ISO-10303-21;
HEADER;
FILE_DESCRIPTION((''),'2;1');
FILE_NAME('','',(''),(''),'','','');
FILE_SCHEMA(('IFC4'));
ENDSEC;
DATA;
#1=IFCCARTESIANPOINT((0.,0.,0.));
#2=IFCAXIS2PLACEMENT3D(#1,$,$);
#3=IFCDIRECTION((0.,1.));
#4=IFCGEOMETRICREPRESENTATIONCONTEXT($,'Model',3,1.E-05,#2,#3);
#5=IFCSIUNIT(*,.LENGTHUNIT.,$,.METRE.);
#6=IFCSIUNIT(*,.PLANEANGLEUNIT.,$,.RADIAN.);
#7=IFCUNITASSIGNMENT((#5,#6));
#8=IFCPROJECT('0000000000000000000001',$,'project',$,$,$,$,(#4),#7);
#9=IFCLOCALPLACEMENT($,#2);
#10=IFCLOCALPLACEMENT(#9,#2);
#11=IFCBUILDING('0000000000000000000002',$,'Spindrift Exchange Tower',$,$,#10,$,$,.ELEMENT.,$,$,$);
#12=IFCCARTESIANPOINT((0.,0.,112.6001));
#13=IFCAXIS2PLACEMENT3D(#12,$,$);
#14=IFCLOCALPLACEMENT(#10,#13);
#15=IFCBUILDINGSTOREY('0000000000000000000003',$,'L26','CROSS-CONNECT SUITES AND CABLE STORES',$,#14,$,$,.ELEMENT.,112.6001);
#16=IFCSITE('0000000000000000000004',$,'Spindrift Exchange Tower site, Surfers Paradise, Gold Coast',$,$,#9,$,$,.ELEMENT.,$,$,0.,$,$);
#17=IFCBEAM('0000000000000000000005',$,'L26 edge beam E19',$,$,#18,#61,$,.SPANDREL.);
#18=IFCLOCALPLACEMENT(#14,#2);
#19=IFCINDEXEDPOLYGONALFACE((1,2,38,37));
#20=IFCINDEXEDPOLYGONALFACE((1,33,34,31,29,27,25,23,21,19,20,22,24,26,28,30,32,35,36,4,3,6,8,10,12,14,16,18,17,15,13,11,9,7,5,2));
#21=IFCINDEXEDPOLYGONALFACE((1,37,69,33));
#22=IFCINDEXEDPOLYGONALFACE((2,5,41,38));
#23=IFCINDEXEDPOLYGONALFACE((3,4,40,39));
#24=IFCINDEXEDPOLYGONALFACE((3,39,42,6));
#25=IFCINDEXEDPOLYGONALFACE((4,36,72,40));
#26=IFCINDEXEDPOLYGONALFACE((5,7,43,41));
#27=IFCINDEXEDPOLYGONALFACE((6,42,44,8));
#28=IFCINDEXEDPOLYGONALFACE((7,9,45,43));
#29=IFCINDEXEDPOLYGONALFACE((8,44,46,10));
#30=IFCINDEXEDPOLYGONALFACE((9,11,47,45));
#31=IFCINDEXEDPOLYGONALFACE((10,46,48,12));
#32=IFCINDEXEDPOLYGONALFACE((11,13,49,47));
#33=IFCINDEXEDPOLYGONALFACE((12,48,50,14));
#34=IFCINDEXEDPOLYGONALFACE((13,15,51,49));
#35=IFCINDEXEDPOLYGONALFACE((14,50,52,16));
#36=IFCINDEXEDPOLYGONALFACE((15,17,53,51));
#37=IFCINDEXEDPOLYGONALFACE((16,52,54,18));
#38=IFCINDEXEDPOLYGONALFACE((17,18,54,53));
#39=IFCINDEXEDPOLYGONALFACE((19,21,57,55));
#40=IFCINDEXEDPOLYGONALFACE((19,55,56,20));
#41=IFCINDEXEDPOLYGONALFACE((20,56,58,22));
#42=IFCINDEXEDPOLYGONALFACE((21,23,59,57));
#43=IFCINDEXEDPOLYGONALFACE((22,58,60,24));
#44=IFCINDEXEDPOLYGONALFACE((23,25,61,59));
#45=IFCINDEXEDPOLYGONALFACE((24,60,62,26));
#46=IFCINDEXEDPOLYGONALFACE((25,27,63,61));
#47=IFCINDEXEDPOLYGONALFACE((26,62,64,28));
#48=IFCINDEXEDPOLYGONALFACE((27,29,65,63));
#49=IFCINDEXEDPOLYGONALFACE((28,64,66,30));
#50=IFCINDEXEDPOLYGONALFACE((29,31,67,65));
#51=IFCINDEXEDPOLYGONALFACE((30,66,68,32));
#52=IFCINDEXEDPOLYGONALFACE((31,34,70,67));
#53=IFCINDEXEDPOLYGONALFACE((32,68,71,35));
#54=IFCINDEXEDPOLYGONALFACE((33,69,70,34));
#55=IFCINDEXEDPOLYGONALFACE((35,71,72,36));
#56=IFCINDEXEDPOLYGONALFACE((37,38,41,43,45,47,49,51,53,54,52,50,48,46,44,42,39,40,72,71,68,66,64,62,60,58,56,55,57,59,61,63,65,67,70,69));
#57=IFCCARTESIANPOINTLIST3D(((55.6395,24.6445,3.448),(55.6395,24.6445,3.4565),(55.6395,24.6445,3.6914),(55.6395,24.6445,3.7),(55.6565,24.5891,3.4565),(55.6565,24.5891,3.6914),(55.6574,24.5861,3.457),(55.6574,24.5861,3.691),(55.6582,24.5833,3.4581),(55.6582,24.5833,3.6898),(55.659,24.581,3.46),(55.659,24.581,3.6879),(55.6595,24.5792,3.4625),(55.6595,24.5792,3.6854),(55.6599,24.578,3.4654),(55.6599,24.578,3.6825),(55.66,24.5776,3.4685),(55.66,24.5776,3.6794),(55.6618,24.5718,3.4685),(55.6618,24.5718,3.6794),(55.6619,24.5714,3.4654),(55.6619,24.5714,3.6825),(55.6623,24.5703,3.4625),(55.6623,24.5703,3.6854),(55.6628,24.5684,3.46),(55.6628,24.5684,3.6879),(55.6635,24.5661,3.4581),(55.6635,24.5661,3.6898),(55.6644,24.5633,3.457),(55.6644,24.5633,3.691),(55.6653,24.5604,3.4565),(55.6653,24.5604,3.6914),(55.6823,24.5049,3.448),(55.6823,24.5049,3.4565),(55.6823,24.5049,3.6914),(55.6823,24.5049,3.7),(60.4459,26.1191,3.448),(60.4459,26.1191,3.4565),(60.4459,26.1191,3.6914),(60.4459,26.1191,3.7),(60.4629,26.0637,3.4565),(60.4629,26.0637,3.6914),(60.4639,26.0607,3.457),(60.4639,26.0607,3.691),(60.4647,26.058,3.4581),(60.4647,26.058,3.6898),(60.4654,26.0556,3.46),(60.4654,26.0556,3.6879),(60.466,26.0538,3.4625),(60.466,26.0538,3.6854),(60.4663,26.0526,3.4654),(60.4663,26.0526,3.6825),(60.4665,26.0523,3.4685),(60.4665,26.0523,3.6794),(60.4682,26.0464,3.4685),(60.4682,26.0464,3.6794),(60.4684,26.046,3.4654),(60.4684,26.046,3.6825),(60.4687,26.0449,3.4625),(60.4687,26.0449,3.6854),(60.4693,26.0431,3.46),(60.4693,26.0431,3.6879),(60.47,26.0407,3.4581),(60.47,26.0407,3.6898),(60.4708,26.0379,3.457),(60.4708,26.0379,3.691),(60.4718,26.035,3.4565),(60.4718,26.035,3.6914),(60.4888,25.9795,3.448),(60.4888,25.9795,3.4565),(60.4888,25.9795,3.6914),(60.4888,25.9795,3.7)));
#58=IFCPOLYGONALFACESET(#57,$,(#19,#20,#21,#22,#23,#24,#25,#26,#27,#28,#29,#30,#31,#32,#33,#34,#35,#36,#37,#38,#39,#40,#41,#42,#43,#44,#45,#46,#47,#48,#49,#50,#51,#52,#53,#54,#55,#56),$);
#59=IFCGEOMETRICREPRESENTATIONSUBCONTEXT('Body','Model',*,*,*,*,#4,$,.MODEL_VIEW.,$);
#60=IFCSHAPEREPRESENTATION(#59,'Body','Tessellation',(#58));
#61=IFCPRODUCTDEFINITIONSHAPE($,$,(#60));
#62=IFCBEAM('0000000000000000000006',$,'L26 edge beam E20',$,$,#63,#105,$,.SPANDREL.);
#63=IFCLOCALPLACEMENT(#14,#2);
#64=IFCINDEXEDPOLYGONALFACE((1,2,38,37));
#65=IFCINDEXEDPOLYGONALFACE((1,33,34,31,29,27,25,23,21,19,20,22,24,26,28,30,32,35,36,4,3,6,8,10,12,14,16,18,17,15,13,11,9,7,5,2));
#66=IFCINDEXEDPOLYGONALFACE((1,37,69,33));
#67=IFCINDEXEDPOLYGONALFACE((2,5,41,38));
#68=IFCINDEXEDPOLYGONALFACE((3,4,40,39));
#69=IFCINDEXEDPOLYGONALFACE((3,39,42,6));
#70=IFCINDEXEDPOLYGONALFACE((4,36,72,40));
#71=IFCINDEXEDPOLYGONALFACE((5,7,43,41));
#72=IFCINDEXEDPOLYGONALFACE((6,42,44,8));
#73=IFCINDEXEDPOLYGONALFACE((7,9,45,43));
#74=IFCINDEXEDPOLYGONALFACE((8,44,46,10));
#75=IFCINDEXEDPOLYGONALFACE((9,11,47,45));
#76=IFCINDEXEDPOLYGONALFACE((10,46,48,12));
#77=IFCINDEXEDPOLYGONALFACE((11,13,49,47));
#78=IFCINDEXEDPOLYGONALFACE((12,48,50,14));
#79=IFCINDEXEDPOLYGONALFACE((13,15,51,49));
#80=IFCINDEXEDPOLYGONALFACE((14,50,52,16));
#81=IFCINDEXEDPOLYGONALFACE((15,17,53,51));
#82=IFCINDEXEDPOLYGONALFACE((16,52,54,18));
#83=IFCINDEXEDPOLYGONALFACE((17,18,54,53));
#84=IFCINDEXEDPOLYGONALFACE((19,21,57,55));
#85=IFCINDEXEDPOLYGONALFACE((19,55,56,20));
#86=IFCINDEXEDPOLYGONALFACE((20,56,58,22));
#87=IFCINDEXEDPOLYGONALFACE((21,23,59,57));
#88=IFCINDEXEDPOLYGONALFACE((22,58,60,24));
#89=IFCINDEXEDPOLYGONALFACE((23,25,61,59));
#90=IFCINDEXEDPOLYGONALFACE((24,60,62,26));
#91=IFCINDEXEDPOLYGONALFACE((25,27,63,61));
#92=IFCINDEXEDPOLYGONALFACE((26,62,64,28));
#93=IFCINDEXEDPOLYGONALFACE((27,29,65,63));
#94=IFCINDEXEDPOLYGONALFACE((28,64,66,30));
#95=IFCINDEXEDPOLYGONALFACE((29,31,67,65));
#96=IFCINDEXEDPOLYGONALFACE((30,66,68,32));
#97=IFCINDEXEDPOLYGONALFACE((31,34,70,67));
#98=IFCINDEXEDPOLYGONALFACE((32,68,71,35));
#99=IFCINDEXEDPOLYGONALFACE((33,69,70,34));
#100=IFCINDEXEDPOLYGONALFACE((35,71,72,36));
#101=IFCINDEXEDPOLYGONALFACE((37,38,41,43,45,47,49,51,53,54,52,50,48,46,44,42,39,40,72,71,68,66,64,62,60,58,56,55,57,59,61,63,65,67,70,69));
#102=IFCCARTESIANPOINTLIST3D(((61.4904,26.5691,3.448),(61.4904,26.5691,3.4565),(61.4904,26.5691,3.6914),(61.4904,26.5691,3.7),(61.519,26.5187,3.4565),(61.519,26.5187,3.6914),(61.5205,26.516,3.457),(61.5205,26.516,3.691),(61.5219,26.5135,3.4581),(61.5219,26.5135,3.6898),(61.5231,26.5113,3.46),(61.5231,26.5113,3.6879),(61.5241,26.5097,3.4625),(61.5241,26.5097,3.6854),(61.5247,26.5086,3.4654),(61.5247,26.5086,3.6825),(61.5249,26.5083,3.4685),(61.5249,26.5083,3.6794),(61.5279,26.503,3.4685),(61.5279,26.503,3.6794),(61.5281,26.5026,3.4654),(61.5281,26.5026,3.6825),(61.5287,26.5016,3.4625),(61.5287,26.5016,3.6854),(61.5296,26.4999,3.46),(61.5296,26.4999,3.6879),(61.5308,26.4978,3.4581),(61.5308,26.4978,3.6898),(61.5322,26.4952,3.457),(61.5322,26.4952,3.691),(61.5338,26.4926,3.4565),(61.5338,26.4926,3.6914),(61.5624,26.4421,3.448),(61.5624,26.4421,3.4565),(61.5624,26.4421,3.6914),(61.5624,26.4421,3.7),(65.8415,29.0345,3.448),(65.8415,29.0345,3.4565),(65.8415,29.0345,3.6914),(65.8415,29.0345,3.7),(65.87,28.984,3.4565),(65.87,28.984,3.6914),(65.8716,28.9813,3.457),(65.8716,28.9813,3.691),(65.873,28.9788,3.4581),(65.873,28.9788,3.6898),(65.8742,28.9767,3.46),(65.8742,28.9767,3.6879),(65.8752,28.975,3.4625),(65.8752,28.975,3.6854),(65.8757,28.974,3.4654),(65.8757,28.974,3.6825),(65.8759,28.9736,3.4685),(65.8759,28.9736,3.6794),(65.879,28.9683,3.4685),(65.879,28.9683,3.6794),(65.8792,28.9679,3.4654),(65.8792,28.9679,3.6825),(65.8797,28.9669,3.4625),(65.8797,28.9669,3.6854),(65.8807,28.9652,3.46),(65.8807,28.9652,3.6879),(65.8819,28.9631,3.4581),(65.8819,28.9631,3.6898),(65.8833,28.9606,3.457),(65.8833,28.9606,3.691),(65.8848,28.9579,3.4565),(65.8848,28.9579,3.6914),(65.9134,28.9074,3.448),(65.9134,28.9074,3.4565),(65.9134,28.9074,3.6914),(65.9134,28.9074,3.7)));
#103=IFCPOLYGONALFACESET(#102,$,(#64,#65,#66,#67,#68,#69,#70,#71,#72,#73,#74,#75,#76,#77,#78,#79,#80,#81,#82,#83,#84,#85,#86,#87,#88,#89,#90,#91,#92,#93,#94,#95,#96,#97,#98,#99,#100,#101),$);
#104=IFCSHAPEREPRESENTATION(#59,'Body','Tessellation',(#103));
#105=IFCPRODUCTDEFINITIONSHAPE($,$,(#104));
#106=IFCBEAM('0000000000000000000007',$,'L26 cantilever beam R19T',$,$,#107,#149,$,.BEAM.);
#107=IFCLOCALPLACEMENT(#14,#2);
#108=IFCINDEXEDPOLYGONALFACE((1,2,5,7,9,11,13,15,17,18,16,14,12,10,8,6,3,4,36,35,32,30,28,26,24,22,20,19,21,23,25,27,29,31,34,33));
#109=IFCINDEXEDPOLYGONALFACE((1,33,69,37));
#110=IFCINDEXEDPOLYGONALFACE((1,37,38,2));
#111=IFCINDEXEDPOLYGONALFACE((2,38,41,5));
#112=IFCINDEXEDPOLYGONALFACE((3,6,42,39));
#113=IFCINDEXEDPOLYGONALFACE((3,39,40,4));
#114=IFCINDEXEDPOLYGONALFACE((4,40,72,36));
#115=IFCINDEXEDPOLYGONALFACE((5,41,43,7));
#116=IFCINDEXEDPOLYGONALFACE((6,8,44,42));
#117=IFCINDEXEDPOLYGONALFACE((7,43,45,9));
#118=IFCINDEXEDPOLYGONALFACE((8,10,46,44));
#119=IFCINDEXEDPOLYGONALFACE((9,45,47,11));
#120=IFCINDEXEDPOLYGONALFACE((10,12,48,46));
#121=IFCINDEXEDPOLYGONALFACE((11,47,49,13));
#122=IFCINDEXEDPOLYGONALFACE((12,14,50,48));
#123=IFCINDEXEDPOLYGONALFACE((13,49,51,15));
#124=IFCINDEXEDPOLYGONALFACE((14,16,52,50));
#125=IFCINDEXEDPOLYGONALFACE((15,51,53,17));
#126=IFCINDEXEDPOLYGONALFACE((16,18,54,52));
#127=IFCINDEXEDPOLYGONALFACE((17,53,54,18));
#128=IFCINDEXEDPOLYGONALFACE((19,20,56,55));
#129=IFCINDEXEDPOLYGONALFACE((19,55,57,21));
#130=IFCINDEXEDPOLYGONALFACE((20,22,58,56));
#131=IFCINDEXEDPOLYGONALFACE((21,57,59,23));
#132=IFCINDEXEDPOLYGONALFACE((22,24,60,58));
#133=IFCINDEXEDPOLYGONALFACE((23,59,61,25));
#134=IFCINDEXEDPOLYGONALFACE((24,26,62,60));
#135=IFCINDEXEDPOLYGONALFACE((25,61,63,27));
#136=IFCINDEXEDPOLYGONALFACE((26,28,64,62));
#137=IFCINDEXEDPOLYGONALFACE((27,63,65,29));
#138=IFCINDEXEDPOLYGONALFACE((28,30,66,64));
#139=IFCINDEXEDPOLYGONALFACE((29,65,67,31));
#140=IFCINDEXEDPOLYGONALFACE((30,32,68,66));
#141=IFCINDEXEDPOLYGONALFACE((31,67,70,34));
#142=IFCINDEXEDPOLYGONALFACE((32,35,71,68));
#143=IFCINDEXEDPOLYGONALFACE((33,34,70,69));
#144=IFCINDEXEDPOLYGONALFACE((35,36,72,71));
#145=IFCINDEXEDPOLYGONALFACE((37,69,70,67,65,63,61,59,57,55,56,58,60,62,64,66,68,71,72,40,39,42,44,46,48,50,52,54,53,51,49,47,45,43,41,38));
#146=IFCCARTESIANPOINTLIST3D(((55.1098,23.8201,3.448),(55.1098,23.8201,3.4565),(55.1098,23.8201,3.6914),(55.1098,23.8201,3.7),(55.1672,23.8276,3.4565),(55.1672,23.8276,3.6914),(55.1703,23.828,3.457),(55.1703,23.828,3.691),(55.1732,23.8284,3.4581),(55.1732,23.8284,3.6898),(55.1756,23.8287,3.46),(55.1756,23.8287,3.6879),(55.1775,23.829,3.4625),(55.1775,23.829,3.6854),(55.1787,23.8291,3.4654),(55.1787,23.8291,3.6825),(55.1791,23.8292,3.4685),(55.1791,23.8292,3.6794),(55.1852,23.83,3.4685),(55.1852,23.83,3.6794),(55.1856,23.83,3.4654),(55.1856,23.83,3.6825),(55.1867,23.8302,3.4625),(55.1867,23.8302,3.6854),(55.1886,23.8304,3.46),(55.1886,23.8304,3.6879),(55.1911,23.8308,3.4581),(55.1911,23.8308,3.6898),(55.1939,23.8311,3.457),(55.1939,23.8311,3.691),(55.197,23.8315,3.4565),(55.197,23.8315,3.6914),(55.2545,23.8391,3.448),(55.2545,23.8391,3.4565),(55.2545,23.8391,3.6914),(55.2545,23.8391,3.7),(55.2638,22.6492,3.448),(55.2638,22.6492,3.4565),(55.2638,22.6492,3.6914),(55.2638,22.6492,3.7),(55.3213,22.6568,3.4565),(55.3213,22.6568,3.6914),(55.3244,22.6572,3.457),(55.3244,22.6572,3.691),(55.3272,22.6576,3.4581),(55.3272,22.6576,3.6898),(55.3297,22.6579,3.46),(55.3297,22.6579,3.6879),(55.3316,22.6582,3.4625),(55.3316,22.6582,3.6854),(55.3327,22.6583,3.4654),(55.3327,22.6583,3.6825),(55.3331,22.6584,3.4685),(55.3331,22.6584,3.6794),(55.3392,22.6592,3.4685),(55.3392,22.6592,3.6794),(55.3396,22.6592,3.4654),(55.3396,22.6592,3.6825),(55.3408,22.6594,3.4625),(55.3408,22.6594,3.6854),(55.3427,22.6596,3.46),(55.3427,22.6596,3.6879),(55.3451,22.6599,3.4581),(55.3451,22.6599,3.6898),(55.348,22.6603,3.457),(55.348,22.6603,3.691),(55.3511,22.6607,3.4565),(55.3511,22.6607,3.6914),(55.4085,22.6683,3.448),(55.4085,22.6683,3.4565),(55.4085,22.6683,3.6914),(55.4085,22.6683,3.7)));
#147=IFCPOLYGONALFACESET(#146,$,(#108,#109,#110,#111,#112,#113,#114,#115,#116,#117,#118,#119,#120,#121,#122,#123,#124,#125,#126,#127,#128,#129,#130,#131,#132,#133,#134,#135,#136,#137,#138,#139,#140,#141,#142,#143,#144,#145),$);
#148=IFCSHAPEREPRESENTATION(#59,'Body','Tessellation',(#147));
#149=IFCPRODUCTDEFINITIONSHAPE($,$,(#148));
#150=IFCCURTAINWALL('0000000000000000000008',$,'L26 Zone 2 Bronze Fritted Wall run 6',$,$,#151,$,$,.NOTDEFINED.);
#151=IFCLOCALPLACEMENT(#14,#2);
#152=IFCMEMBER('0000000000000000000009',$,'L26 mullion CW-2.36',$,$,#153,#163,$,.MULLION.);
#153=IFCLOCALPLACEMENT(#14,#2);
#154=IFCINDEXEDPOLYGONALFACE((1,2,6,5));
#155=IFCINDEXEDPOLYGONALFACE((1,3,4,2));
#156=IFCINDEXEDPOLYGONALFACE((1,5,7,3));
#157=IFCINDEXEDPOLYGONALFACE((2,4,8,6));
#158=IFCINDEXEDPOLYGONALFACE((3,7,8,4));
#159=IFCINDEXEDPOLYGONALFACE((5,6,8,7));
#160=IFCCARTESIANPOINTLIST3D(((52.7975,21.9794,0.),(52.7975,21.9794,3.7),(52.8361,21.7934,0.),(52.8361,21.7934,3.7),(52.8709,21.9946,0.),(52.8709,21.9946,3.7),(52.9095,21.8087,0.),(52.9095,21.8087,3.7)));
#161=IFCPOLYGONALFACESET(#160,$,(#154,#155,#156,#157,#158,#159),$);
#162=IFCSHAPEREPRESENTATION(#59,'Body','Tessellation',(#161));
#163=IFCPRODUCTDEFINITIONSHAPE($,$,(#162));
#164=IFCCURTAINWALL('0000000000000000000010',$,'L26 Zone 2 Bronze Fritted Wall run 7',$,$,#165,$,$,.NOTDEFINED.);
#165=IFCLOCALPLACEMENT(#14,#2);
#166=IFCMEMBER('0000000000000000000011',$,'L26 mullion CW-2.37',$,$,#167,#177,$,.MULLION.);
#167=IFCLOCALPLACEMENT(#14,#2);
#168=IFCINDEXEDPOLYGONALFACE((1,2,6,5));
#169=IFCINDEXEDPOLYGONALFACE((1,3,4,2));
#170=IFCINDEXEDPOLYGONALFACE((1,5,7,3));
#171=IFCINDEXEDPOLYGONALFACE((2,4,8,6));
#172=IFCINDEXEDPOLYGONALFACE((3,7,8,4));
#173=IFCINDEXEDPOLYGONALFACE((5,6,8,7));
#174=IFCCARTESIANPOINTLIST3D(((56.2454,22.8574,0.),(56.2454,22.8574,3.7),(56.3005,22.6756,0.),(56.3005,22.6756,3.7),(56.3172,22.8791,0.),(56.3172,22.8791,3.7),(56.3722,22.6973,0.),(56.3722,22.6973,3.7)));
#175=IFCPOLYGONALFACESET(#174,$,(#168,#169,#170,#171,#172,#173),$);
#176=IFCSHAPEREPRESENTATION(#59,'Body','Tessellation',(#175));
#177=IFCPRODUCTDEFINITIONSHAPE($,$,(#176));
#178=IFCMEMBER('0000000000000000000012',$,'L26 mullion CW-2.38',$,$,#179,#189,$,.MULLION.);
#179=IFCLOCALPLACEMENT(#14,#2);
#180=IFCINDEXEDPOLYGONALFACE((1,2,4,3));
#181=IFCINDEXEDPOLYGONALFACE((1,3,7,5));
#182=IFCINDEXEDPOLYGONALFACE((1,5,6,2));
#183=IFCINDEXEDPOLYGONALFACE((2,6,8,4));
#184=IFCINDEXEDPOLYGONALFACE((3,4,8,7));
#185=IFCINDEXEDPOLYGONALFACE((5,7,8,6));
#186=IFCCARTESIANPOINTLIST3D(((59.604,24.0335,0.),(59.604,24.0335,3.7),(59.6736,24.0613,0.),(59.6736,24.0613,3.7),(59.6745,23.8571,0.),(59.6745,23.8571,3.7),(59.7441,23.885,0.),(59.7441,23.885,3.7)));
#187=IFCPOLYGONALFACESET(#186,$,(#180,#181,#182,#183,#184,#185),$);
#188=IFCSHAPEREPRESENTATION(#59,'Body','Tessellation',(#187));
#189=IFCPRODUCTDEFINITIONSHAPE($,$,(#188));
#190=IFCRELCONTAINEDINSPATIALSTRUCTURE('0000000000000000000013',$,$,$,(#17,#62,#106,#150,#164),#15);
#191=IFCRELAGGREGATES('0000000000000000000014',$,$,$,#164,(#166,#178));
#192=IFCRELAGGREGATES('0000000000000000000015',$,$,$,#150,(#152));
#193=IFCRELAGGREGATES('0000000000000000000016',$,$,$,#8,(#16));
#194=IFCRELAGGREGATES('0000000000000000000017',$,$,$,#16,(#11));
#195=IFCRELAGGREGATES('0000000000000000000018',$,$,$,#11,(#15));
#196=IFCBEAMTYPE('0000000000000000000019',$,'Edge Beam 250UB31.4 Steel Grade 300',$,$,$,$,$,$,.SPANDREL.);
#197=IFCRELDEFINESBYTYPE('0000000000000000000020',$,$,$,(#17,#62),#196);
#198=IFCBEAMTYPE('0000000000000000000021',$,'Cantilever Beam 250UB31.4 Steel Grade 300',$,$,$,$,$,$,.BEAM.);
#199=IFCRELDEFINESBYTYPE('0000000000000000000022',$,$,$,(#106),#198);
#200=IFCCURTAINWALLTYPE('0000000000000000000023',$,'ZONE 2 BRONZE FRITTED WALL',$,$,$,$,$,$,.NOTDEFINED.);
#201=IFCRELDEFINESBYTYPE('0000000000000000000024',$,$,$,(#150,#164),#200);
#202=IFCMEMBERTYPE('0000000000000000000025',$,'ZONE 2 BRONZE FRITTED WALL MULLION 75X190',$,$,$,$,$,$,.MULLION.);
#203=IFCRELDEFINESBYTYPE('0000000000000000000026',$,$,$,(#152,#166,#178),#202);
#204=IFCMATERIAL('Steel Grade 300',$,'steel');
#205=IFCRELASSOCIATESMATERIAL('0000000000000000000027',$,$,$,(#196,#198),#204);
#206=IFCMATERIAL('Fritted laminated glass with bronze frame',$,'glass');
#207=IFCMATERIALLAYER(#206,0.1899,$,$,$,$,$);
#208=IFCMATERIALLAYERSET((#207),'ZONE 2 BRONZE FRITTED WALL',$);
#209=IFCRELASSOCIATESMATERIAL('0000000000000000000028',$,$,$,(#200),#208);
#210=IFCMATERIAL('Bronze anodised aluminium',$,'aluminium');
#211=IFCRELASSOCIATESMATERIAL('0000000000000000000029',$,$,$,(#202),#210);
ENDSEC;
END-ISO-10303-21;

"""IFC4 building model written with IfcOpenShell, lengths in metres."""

from ifc_helpers import new_model, si_unit, direction, frame, origin, origin_2d, place, context, subcontext, project, spatial, rectangle, i_section, extrude, source, transform, mapped, material, layer, layer_set, material_profile, profile_set, type_object, element, aggregate, save


model = new_model("IFC4")

# Units and contexts
model_context = context("Model", 3, precision=1e-05, world=origin(), true_north=direction((0.0, 1.0)))
body_context = subcontext(model_context, "Body", "Model", "MODEL_VIEW")
ifc_project = project(units=[si_unit("LENGTHUNIT", "METRE"), si_unit("PLANEANGLEUNIT", "RADIAN")], contexts=[model_context])

# Site, building, storey
site_placement = place(None, origin())
site = spatial("IfcSite", under=ifc_project, at=site_placement, Name="Spindrift Exchange Tower site, Surfers Paradise, Gold Coast", CompositionType="ELEMENT", RefElevation=0.0)
building_placement = place(site_placement, origin())
building = spatial("IfcBuilding", under=site, at=building_placement, Name="Spindrift Exchange Tower", CompositionType="ELEMENT")
storey_placement = place(building_placement, frame((0.0, 0.0, 112.6001)))
storey = spatial("IfcBuildingStorey", under=building, at=storey_placement, Name="L26", Description="CROSS-CONNECT SUITES AND CABLE STORES", CompositionType="ELEMENT", Elevation=112.6001)

# Beams
ifc_material_1 = material(Name="Steel Grade 300", Category="steel")
ifc_material_profile_1 = material_profile(ifc_material_1, i_section(OverallWidth=0.146, OverallDepth=0.252, WebThickness=0.0061, FlangeThickness=0.0085, FilletRadius=0.012, at=origin_2d()), Name="250UB31.4")
ifc_profile_set_1 = profile_set([ifc_material_profile_1], Name="Steel Grade 300")
beam_type_1 = type_object("IfcBeamType", Name="Edge Beam 250UB31.4 Steel Grade 300", PredefinedType="SPANDREL", material=ifc_profile_set_1)
shared_shape_1 = source(origin(), body_context, "Body", "SweptSolid", [
    extrude(i_section(OverallWidth=0.146, OverallDepth=0.252, WebThickness=0.0061, FlangeThickness=0.0085, FilletRadius=0.012, at=origin_2d()), origin(), (0.0, 0.0, 1.0), 5.0276),
])
beam_1_placement = place(storey_placement, frame((55.6609, 24.5747, 3.574), z_axis=(0.956018, 0.293308, 0.0), x_axis=(-0.293308, 0.956018, 0.0)))
element("IfcBeam", 1, at=beam_1_placement, inside=storey, type_object=beam_type_1, Name="L26 edge beam E19", PredefinedType="SPANDREL", context=body_context, shape_type="MappedRepresentation", body=[
    mapped(shared_shape_1, transform((0.0, 0.0, 0.0), scale=1.0)),
])
shared_shape_2 = source(origin(), body_context, "Body", "SweptSolid", [
    extrude(i_section(OverallWidth=0.146, OverallDepth=0.252, WebThickness=0.0061, FlangeThickness=0.0085, FilletRadius=0.012, at=origin_2d()), origin(), (0.0, 0.0, 1.0), 5.001),
])
beam_2_placement = place(storey_placement, frame((61.5264, 26.5056, 3.574), z_axis=(0.870046, 0.492971, 0.0), x_axis=(-0.492971, 0.870046, 0.0)))
element("IfcBeam", 2, at=beam_2_placement, inside=storey, type_object=beam_type_1, Name="L26 edge beam E20", PredefinedType="SPANDREL", context=body_context, shape_type="MappedRepresentation", body=[
    mapped(shared_shape_2, transform((0.0, 0.0, 0.0), scale=1.0)),
])
ifc_material_profile_2 = material_profile(ifc_material_1, i_section(OverallWidth=0.146, OverallDepth=0.252, WebThickness=0.0061, FlangeThickness=0.0085, FilletRadius=0.012, at=origin_2d()), Name="250UB31.4")
ifc_profile_set_2 = profile_set([ifc_material_profile_2], Name="Steel Grade 300")
beam_type_2 = type_object("IfcBeamType", Name="Cantilever Beam 250UB31.4 Steel Grade 300", PredefinedType="BEAM", material=ifc_profile_set_2)
shared_shape_3 = source(origin(), body_context, "Body", "SweptSolid", [
    extrude(i_section(OverallWidth=0.146, OverallDepth=0.252, WebThickness=0.0061, FlangeThickness=0.0085, FilletRadius=0.012, at=origin_2d()), origin(), (0.0, 0.0, 1.0), 1.1809),
])
beam_3_placement = place(storey_placement, frame((55.1821, 23.8296, 3.574), z_axis=(0.130444, -0.991456, 0.0), x_axis=(0.991456, 0.130444, 0.0)))
element("IfcBeam", 3, at=beam_3_placement, inside=storey, type_object=beam_type_2, Name="L26 cantilever beam R19T", PredefinedType="BEAM", context=body_context, shape_type="MappedRepresentation", body=[
    mapped(shared_shape_3, transform((0.0, 0.0, 0.0), scale=1.0)),
])

# Curtain wall, member
ifc_material_2 = material(Name="Fritted laminated glass with bronze frame", Category="glass")
ifc_layer_1 = layer(ifc_material_2, 0.1899)
ifc_layer_set_1 = layer_set([ifc_layer_1], Name="ZONE 2 BRONZE FRITTED WALL")
curtain_wall_type = type_object("IfcCurtainWallType", Name="ZONE 2 BRONZE FRITTED WALL", PredefinedType="NOTDEFINED", material=ifc_layer_set_1)
curtain_wall_1_placement = place(storey_placement, origin())
curtain_wall_1 = element("IfcCurtainWall", 4, at=curtain_wall_1_placement, inside=storey, type_object=curtain_wall_type, Name="L26 Zone 2 Bronze Fritted Wall run 6", PredefinedType="NOTDEFINED")
ifc_material_3 = material(Name="Bronze anodised aluminium", Category="aluminium")
ifc_material_profile_3 = material_profile(ifc_material_3, rectangle(XDim=0.075, YDim=0.1899, at=origin_2d()), Name="ZONE 2 BRONZE FRITTED WALL MULLION 75X190")
ifc_profile_set_3 = profile_set([ifc_material_profile_3], Name="Bronze anodised aluminium")
member_type_1 = type_object("IfcMemberType", Name="ZONE 2 BRONZE FRITTED WALL MULLION 75X190", PredefinedType="MULLION", material=ifc_profile_set_3)
shared_shape_4 = source(origin(), body_context, "Body", "SweptSolid", [
    extrude(rectangle(XDim=0.075, YDim=0.1899, at=origin_2d()), origin(), (0.0, 0.0, 1.0), 3.7),
])
member_1_placement = place(storey_placement, frame((52.8535, 21.894, 0.0), z_axis=(0.0, 0.0, 1.0), x_axis=(0.979115, 0.203308, 0.0)))
member_1 = element("IfcMember", 5, at=member_1_placement, type_object=member_type_1, Name="L26 mullion CW-2.36", PredefinedType="MULLION", context=body_context, shape_type="MappedRepresentation", body=[
    mapped(shared_shape_4, transform((0.0, 0.0, 0.0), scale=1.0)),
])

# Curtain wall, members
curtain_wall_2_placement = place(storey_placement, origin())
curtain_wall_2 = element("IfcCurtainWall", 6, at=curtain_wall_2_placement, inside=storey, type_object=curtain_wall_type, Name="L26 Zone 2 Bronze Fritted Wall run 7", PredefinedType="NOTDEFINED")
member_2_placement = place(storey_placement, frame((56.3088, 22.7773, 0.0), z_axis=(0.0, 0.0, 1.0), x_axis=(0.957084, 0.289812, 0.0)))
member_2 = element("IfcMember", 7, at=member_2_placement, type_object=member_type_1, Name="L26 mullion CW-2.37", PredefinedType="MULLION", context=body_context, shape_type="MappedRepresentation", body=[
    mapped(shared_shape_4, transform((0.0, 0.0, 0.0), scale=1.0)),
])
member_3_placement = place(storey_placement, frame((59.6741, 23.9592, 0.0), z_axis=(0.0, 0.0, 1.0), x_axis=(0.928518, 0.371286, 0.0)))
member_3 = element("IfcMember", 8, at=member_3_placement, type_object=member_type_1, Name="L26 mullion CW-2.38", PredefinedType="MULLION", context=body_context, shape_type="MappedRepresentation", body=[
    mapped(shared_shape_4, transform((0.0, 0.0, 0.0), scale=1.0)),
])

aggregate(curtain_wall_2, [member_2, member_3])
aggregate(curtain_wall_1, [member_1])

save(model, "model.ifc")
